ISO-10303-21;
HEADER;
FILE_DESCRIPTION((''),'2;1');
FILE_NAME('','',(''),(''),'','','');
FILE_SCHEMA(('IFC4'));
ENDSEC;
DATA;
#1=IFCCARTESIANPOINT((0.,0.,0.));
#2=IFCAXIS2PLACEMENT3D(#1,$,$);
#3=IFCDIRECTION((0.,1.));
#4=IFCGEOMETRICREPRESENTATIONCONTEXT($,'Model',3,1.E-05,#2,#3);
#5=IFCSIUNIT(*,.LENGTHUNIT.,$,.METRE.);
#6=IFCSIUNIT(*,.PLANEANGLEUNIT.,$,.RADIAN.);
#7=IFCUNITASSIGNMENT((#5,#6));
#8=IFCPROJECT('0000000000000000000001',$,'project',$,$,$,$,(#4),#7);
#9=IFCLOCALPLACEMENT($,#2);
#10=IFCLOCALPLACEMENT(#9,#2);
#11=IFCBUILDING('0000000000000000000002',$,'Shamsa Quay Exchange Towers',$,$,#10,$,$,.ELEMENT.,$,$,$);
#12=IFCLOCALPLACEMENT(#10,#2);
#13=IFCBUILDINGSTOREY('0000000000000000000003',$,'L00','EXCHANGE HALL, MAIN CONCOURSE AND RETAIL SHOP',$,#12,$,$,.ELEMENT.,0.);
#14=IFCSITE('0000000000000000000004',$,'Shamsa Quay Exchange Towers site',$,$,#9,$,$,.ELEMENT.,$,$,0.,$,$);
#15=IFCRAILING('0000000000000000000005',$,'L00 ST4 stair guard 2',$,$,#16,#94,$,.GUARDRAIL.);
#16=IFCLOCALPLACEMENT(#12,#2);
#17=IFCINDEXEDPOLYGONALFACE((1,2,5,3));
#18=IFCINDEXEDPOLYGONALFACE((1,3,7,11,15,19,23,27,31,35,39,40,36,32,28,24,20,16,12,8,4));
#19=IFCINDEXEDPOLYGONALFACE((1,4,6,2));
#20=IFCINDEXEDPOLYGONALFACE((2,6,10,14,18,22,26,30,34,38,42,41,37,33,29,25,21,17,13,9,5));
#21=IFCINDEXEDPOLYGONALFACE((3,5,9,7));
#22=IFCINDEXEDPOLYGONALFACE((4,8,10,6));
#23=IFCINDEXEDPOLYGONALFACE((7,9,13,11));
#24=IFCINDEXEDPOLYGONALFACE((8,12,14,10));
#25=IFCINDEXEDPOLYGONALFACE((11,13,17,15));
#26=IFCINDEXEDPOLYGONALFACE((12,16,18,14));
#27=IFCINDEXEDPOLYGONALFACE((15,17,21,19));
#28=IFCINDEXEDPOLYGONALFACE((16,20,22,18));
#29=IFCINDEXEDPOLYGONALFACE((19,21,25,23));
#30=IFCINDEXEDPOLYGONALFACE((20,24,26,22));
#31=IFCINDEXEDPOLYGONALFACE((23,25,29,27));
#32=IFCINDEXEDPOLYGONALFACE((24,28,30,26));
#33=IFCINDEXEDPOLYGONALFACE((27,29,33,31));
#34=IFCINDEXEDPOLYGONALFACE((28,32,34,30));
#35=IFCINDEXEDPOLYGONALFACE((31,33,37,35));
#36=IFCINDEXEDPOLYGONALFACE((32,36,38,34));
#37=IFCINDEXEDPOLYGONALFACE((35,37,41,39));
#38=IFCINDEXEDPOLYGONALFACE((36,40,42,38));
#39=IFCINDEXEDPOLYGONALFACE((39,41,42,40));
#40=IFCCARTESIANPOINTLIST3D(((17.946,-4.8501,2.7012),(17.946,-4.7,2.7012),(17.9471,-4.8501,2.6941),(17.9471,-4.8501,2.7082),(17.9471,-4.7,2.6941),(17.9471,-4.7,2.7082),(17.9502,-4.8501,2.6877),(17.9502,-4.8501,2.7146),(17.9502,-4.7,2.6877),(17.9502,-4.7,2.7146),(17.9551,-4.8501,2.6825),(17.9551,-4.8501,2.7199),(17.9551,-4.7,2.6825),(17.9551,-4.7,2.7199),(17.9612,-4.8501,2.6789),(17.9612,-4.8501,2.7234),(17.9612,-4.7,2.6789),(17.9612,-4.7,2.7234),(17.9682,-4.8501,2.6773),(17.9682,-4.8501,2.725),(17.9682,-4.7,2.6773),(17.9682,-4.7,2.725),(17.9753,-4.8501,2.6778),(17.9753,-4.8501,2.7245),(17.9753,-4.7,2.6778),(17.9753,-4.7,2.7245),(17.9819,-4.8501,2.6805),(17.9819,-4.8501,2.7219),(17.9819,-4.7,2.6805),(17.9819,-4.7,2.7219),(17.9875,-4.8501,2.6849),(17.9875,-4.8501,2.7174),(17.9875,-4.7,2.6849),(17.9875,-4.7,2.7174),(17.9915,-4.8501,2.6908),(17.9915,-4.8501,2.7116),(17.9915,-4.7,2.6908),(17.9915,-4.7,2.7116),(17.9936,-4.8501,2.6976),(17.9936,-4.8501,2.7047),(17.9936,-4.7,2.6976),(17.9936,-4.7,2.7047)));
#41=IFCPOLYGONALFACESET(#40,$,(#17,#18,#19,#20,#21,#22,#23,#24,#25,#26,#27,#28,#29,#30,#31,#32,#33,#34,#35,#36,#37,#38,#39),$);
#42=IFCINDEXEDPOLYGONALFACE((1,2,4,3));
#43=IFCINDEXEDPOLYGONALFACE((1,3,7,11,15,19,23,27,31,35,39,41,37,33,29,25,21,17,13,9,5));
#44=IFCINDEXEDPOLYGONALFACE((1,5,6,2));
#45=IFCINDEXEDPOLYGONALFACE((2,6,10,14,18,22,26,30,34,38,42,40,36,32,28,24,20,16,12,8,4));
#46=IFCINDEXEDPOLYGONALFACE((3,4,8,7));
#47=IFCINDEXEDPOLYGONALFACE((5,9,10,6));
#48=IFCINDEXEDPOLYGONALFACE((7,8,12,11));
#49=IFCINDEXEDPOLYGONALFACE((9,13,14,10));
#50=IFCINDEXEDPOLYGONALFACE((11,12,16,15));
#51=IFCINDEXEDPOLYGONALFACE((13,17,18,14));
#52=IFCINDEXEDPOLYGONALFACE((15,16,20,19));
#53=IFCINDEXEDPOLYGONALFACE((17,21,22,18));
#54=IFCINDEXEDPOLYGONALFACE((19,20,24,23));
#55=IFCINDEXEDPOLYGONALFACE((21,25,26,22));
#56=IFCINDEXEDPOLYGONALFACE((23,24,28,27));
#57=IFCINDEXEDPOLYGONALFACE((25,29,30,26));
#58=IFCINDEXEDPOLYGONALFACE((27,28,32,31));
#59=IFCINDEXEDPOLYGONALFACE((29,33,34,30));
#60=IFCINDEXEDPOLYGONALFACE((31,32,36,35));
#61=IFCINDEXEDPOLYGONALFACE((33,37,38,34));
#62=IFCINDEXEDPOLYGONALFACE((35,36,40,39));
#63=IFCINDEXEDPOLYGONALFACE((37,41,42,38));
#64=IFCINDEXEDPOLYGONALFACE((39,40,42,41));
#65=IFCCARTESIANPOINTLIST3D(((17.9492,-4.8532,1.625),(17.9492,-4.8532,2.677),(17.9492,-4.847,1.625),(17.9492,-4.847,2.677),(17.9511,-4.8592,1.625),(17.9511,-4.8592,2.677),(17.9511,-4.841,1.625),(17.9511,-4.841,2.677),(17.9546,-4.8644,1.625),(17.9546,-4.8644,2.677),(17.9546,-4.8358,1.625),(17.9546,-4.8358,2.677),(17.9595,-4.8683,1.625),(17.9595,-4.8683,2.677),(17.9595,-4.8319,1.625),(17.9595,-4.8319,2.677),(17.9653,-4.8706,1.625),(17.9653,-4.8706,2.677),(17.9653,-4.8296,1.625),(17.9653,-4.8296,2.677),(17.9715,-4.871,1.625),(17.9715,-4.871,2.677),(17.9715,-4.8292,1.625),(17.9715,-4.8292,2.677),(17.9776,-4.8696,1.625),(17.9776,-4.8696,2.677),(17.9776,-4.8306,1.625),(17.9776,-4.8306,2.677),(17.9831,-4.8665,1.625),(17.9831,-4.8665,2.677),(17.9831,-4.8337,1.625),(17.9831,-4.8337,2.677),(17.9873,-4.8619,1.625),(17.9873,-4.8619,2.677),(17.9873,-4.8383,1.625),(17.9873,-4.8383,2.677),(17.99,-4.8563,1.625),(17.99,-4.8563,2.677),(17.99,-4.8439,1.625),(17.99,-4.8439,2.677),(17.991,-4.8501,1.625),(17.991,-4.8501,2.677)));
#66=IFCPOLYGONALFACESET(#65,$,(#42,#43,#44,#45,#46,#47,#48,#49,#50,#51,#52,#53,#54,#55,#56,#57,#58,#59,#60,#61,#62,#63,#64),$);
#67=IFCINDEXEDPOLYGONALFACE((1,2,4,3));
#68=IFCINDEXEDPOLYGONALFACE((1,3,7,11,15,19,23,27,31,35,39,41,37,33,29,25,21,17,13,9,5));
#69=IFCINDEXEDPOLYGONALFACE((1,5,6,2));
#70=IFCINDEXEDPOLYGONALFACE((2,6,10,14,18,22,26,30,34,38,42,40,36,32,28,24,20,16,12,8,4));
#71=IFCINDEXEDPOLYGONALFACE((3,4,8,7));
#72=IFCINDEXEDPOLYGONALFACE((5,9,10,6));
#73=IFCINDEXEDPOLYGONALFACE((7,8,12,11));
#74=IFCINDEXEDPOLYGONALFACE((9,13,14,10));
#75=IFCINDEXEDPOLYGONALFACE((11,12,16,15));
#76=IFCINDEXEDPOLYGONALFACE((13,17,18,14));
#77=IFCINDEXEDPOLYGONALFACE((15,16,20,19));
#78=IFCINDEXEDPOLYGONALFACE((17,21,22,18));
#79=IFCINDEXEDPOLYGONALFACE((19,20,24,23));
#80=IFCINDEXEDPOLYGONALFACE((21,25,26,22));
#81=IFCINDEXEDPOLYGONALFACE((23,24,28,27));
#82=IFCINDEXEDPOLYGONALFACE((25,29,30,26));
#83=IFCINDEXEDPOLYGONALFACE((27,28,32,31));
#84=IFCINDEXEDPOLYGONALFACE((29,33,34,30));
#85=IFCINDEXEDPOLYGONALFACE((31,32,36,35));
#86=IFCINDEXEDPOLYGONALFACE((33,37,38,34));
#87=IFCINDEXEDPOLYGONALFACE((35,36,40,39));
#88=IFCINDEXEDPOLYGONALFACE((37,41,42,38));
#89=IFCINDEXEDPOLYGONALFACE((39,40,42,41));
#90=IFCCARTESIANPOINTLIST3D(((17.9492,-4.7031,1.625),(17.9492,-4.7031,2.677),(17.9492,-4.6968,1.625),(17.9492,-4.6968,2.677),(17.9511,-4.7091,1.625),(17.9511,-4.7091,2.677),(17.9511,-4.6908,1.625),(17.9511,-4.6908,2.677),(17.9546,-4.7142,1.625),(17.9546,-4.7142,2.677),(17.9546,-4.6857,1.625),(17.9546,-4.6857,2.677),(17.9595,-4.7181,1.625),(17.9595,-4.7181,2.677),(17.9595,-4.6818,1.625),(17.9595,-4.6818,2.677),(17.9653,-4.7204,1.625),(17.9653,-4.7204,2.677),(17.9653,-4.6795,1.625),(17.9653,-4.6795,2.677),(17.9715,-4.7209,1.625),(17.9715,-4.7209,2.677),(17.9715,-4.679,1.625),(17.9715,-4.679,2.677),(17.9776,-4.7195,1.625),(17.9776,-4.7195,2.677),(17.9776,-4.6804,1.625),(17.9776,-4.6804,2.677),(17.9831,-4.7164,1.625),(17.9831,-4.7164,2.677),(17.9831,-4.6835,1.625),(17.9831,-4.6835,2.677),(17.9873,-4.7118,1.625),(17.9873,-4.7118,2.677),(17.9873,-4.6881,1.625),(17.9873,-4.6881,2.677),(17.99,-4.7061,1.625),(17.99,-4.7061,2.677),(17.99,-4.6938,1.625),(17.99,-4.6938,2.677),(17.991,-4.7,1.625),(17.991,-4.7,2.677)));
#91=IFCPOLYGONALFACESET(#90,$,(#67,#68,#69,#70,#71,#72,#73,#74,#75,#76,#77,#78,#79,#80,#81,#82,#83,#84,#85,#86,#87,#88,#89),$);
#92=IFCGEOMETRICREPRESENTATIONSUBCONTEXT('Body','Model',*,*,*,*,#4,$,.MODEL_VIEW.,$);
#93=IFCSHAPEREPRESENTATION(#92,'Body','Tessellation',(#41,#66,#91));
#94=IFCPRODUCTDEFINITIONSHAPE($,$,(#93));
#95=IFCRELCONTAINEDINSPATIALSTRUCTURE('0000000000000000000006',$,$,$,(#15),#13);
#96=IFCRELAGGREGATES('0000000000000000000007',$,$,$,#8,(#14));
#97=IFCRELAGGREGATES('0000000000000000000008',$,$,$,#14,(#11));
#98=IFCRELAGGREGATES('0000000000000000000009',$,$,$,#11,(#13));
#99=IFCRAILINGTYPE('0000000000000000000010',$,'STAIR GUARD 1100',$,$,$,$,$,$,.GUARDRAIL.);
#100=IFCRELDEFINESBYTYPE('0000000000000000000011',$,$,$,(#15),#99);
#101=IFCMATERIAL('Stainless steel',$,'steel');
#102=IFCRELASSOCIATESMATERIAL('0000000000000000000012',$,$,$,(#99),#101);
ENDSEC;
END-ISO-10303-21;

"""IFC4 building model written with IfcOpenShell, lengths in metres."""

from ifc_helpers import new_model, si_unit, direction, frame, origin, origin_2d, place, context, subcontext, project, spatial, circle, extrude, material, type_object, element, save


model = new_model("IFC4")

# Units and contexts
model_context = context("Model", 3, precision=1e-05, world=origin(), true_north=direction((0.0, 1.0)))
body_context = subcontext(model_context, "Body", "Model", "MODEL_VIEW")
ifc_project = project(units=[si_unit("LENGTHUNIT", "METRE"), si_unit("PLANEANGLEUNIT", "RADIAN")], contexts=[model_context])

# Site, building, storey
site_placement = place(None, origin())
site = spatial("IfcSite", under=ifc_project, at=site_placement, Name="Shamsa Quay Exchange Towers site", CompositionType="ELEMENT", RefElevation=0.0)
building_placement = place(site_placement, origin())
building = spatial("IfcBuilding", under=site, at=building_placement, Name="Shamsa Quay Exchange Towers", CompositionType="ELEMENT")
storey_placement = place(building_placement, origin())
storey = spatial("IfcBuildingStorey", under=building, at=storey_placement, Name="L00", Description="EXCHANGE HALL, MAIN CONCOURSE AND RETAIL SHOP", CompositionType="ELEMENT", Elevation=0.0)

# Railing
ifc_material_1 = material(Name="Stainless steel", Category="steel")
railing_type_1 = type_object("IfcRailingType", Name="STAIR GUARD 1100", PredefinedType="GUARDRAIL", material=ifc_material_1)
railing_1_placement = place(storey_placement, frame((17.97, -4.8501, 1.625)))
element("IfcRailing", 1, at=railing_1_placement, inside=storey, type_object=railing_type_1, Name="L00 ST4 stair guard 2", PredefinedType="GUARDRAIL", context=body_context, shape_type="SweptSolid", body=[
    extrude(circle(Radius=0.0239, at=origin_2d()), frame((0.0, 0.0, 1.0762), z_axis=(0.0, 1.0, 0.0), x_axis=(-1.0, 0.0, 0.0)), (0.0, 0.0, 1.0), 0.1501),
    extrude(circle(Radius=0.021, at=origin_2d()), origin(), (0.0, 0.0, 1.0), 1.052),
    extrude(circle(Radius=0.021, at=origin_2d()), frame((0.0, 0.1501, 0.0)), (0.0, 0.0, 1.0), 1.052),
])

save(model, "model.ifc")
